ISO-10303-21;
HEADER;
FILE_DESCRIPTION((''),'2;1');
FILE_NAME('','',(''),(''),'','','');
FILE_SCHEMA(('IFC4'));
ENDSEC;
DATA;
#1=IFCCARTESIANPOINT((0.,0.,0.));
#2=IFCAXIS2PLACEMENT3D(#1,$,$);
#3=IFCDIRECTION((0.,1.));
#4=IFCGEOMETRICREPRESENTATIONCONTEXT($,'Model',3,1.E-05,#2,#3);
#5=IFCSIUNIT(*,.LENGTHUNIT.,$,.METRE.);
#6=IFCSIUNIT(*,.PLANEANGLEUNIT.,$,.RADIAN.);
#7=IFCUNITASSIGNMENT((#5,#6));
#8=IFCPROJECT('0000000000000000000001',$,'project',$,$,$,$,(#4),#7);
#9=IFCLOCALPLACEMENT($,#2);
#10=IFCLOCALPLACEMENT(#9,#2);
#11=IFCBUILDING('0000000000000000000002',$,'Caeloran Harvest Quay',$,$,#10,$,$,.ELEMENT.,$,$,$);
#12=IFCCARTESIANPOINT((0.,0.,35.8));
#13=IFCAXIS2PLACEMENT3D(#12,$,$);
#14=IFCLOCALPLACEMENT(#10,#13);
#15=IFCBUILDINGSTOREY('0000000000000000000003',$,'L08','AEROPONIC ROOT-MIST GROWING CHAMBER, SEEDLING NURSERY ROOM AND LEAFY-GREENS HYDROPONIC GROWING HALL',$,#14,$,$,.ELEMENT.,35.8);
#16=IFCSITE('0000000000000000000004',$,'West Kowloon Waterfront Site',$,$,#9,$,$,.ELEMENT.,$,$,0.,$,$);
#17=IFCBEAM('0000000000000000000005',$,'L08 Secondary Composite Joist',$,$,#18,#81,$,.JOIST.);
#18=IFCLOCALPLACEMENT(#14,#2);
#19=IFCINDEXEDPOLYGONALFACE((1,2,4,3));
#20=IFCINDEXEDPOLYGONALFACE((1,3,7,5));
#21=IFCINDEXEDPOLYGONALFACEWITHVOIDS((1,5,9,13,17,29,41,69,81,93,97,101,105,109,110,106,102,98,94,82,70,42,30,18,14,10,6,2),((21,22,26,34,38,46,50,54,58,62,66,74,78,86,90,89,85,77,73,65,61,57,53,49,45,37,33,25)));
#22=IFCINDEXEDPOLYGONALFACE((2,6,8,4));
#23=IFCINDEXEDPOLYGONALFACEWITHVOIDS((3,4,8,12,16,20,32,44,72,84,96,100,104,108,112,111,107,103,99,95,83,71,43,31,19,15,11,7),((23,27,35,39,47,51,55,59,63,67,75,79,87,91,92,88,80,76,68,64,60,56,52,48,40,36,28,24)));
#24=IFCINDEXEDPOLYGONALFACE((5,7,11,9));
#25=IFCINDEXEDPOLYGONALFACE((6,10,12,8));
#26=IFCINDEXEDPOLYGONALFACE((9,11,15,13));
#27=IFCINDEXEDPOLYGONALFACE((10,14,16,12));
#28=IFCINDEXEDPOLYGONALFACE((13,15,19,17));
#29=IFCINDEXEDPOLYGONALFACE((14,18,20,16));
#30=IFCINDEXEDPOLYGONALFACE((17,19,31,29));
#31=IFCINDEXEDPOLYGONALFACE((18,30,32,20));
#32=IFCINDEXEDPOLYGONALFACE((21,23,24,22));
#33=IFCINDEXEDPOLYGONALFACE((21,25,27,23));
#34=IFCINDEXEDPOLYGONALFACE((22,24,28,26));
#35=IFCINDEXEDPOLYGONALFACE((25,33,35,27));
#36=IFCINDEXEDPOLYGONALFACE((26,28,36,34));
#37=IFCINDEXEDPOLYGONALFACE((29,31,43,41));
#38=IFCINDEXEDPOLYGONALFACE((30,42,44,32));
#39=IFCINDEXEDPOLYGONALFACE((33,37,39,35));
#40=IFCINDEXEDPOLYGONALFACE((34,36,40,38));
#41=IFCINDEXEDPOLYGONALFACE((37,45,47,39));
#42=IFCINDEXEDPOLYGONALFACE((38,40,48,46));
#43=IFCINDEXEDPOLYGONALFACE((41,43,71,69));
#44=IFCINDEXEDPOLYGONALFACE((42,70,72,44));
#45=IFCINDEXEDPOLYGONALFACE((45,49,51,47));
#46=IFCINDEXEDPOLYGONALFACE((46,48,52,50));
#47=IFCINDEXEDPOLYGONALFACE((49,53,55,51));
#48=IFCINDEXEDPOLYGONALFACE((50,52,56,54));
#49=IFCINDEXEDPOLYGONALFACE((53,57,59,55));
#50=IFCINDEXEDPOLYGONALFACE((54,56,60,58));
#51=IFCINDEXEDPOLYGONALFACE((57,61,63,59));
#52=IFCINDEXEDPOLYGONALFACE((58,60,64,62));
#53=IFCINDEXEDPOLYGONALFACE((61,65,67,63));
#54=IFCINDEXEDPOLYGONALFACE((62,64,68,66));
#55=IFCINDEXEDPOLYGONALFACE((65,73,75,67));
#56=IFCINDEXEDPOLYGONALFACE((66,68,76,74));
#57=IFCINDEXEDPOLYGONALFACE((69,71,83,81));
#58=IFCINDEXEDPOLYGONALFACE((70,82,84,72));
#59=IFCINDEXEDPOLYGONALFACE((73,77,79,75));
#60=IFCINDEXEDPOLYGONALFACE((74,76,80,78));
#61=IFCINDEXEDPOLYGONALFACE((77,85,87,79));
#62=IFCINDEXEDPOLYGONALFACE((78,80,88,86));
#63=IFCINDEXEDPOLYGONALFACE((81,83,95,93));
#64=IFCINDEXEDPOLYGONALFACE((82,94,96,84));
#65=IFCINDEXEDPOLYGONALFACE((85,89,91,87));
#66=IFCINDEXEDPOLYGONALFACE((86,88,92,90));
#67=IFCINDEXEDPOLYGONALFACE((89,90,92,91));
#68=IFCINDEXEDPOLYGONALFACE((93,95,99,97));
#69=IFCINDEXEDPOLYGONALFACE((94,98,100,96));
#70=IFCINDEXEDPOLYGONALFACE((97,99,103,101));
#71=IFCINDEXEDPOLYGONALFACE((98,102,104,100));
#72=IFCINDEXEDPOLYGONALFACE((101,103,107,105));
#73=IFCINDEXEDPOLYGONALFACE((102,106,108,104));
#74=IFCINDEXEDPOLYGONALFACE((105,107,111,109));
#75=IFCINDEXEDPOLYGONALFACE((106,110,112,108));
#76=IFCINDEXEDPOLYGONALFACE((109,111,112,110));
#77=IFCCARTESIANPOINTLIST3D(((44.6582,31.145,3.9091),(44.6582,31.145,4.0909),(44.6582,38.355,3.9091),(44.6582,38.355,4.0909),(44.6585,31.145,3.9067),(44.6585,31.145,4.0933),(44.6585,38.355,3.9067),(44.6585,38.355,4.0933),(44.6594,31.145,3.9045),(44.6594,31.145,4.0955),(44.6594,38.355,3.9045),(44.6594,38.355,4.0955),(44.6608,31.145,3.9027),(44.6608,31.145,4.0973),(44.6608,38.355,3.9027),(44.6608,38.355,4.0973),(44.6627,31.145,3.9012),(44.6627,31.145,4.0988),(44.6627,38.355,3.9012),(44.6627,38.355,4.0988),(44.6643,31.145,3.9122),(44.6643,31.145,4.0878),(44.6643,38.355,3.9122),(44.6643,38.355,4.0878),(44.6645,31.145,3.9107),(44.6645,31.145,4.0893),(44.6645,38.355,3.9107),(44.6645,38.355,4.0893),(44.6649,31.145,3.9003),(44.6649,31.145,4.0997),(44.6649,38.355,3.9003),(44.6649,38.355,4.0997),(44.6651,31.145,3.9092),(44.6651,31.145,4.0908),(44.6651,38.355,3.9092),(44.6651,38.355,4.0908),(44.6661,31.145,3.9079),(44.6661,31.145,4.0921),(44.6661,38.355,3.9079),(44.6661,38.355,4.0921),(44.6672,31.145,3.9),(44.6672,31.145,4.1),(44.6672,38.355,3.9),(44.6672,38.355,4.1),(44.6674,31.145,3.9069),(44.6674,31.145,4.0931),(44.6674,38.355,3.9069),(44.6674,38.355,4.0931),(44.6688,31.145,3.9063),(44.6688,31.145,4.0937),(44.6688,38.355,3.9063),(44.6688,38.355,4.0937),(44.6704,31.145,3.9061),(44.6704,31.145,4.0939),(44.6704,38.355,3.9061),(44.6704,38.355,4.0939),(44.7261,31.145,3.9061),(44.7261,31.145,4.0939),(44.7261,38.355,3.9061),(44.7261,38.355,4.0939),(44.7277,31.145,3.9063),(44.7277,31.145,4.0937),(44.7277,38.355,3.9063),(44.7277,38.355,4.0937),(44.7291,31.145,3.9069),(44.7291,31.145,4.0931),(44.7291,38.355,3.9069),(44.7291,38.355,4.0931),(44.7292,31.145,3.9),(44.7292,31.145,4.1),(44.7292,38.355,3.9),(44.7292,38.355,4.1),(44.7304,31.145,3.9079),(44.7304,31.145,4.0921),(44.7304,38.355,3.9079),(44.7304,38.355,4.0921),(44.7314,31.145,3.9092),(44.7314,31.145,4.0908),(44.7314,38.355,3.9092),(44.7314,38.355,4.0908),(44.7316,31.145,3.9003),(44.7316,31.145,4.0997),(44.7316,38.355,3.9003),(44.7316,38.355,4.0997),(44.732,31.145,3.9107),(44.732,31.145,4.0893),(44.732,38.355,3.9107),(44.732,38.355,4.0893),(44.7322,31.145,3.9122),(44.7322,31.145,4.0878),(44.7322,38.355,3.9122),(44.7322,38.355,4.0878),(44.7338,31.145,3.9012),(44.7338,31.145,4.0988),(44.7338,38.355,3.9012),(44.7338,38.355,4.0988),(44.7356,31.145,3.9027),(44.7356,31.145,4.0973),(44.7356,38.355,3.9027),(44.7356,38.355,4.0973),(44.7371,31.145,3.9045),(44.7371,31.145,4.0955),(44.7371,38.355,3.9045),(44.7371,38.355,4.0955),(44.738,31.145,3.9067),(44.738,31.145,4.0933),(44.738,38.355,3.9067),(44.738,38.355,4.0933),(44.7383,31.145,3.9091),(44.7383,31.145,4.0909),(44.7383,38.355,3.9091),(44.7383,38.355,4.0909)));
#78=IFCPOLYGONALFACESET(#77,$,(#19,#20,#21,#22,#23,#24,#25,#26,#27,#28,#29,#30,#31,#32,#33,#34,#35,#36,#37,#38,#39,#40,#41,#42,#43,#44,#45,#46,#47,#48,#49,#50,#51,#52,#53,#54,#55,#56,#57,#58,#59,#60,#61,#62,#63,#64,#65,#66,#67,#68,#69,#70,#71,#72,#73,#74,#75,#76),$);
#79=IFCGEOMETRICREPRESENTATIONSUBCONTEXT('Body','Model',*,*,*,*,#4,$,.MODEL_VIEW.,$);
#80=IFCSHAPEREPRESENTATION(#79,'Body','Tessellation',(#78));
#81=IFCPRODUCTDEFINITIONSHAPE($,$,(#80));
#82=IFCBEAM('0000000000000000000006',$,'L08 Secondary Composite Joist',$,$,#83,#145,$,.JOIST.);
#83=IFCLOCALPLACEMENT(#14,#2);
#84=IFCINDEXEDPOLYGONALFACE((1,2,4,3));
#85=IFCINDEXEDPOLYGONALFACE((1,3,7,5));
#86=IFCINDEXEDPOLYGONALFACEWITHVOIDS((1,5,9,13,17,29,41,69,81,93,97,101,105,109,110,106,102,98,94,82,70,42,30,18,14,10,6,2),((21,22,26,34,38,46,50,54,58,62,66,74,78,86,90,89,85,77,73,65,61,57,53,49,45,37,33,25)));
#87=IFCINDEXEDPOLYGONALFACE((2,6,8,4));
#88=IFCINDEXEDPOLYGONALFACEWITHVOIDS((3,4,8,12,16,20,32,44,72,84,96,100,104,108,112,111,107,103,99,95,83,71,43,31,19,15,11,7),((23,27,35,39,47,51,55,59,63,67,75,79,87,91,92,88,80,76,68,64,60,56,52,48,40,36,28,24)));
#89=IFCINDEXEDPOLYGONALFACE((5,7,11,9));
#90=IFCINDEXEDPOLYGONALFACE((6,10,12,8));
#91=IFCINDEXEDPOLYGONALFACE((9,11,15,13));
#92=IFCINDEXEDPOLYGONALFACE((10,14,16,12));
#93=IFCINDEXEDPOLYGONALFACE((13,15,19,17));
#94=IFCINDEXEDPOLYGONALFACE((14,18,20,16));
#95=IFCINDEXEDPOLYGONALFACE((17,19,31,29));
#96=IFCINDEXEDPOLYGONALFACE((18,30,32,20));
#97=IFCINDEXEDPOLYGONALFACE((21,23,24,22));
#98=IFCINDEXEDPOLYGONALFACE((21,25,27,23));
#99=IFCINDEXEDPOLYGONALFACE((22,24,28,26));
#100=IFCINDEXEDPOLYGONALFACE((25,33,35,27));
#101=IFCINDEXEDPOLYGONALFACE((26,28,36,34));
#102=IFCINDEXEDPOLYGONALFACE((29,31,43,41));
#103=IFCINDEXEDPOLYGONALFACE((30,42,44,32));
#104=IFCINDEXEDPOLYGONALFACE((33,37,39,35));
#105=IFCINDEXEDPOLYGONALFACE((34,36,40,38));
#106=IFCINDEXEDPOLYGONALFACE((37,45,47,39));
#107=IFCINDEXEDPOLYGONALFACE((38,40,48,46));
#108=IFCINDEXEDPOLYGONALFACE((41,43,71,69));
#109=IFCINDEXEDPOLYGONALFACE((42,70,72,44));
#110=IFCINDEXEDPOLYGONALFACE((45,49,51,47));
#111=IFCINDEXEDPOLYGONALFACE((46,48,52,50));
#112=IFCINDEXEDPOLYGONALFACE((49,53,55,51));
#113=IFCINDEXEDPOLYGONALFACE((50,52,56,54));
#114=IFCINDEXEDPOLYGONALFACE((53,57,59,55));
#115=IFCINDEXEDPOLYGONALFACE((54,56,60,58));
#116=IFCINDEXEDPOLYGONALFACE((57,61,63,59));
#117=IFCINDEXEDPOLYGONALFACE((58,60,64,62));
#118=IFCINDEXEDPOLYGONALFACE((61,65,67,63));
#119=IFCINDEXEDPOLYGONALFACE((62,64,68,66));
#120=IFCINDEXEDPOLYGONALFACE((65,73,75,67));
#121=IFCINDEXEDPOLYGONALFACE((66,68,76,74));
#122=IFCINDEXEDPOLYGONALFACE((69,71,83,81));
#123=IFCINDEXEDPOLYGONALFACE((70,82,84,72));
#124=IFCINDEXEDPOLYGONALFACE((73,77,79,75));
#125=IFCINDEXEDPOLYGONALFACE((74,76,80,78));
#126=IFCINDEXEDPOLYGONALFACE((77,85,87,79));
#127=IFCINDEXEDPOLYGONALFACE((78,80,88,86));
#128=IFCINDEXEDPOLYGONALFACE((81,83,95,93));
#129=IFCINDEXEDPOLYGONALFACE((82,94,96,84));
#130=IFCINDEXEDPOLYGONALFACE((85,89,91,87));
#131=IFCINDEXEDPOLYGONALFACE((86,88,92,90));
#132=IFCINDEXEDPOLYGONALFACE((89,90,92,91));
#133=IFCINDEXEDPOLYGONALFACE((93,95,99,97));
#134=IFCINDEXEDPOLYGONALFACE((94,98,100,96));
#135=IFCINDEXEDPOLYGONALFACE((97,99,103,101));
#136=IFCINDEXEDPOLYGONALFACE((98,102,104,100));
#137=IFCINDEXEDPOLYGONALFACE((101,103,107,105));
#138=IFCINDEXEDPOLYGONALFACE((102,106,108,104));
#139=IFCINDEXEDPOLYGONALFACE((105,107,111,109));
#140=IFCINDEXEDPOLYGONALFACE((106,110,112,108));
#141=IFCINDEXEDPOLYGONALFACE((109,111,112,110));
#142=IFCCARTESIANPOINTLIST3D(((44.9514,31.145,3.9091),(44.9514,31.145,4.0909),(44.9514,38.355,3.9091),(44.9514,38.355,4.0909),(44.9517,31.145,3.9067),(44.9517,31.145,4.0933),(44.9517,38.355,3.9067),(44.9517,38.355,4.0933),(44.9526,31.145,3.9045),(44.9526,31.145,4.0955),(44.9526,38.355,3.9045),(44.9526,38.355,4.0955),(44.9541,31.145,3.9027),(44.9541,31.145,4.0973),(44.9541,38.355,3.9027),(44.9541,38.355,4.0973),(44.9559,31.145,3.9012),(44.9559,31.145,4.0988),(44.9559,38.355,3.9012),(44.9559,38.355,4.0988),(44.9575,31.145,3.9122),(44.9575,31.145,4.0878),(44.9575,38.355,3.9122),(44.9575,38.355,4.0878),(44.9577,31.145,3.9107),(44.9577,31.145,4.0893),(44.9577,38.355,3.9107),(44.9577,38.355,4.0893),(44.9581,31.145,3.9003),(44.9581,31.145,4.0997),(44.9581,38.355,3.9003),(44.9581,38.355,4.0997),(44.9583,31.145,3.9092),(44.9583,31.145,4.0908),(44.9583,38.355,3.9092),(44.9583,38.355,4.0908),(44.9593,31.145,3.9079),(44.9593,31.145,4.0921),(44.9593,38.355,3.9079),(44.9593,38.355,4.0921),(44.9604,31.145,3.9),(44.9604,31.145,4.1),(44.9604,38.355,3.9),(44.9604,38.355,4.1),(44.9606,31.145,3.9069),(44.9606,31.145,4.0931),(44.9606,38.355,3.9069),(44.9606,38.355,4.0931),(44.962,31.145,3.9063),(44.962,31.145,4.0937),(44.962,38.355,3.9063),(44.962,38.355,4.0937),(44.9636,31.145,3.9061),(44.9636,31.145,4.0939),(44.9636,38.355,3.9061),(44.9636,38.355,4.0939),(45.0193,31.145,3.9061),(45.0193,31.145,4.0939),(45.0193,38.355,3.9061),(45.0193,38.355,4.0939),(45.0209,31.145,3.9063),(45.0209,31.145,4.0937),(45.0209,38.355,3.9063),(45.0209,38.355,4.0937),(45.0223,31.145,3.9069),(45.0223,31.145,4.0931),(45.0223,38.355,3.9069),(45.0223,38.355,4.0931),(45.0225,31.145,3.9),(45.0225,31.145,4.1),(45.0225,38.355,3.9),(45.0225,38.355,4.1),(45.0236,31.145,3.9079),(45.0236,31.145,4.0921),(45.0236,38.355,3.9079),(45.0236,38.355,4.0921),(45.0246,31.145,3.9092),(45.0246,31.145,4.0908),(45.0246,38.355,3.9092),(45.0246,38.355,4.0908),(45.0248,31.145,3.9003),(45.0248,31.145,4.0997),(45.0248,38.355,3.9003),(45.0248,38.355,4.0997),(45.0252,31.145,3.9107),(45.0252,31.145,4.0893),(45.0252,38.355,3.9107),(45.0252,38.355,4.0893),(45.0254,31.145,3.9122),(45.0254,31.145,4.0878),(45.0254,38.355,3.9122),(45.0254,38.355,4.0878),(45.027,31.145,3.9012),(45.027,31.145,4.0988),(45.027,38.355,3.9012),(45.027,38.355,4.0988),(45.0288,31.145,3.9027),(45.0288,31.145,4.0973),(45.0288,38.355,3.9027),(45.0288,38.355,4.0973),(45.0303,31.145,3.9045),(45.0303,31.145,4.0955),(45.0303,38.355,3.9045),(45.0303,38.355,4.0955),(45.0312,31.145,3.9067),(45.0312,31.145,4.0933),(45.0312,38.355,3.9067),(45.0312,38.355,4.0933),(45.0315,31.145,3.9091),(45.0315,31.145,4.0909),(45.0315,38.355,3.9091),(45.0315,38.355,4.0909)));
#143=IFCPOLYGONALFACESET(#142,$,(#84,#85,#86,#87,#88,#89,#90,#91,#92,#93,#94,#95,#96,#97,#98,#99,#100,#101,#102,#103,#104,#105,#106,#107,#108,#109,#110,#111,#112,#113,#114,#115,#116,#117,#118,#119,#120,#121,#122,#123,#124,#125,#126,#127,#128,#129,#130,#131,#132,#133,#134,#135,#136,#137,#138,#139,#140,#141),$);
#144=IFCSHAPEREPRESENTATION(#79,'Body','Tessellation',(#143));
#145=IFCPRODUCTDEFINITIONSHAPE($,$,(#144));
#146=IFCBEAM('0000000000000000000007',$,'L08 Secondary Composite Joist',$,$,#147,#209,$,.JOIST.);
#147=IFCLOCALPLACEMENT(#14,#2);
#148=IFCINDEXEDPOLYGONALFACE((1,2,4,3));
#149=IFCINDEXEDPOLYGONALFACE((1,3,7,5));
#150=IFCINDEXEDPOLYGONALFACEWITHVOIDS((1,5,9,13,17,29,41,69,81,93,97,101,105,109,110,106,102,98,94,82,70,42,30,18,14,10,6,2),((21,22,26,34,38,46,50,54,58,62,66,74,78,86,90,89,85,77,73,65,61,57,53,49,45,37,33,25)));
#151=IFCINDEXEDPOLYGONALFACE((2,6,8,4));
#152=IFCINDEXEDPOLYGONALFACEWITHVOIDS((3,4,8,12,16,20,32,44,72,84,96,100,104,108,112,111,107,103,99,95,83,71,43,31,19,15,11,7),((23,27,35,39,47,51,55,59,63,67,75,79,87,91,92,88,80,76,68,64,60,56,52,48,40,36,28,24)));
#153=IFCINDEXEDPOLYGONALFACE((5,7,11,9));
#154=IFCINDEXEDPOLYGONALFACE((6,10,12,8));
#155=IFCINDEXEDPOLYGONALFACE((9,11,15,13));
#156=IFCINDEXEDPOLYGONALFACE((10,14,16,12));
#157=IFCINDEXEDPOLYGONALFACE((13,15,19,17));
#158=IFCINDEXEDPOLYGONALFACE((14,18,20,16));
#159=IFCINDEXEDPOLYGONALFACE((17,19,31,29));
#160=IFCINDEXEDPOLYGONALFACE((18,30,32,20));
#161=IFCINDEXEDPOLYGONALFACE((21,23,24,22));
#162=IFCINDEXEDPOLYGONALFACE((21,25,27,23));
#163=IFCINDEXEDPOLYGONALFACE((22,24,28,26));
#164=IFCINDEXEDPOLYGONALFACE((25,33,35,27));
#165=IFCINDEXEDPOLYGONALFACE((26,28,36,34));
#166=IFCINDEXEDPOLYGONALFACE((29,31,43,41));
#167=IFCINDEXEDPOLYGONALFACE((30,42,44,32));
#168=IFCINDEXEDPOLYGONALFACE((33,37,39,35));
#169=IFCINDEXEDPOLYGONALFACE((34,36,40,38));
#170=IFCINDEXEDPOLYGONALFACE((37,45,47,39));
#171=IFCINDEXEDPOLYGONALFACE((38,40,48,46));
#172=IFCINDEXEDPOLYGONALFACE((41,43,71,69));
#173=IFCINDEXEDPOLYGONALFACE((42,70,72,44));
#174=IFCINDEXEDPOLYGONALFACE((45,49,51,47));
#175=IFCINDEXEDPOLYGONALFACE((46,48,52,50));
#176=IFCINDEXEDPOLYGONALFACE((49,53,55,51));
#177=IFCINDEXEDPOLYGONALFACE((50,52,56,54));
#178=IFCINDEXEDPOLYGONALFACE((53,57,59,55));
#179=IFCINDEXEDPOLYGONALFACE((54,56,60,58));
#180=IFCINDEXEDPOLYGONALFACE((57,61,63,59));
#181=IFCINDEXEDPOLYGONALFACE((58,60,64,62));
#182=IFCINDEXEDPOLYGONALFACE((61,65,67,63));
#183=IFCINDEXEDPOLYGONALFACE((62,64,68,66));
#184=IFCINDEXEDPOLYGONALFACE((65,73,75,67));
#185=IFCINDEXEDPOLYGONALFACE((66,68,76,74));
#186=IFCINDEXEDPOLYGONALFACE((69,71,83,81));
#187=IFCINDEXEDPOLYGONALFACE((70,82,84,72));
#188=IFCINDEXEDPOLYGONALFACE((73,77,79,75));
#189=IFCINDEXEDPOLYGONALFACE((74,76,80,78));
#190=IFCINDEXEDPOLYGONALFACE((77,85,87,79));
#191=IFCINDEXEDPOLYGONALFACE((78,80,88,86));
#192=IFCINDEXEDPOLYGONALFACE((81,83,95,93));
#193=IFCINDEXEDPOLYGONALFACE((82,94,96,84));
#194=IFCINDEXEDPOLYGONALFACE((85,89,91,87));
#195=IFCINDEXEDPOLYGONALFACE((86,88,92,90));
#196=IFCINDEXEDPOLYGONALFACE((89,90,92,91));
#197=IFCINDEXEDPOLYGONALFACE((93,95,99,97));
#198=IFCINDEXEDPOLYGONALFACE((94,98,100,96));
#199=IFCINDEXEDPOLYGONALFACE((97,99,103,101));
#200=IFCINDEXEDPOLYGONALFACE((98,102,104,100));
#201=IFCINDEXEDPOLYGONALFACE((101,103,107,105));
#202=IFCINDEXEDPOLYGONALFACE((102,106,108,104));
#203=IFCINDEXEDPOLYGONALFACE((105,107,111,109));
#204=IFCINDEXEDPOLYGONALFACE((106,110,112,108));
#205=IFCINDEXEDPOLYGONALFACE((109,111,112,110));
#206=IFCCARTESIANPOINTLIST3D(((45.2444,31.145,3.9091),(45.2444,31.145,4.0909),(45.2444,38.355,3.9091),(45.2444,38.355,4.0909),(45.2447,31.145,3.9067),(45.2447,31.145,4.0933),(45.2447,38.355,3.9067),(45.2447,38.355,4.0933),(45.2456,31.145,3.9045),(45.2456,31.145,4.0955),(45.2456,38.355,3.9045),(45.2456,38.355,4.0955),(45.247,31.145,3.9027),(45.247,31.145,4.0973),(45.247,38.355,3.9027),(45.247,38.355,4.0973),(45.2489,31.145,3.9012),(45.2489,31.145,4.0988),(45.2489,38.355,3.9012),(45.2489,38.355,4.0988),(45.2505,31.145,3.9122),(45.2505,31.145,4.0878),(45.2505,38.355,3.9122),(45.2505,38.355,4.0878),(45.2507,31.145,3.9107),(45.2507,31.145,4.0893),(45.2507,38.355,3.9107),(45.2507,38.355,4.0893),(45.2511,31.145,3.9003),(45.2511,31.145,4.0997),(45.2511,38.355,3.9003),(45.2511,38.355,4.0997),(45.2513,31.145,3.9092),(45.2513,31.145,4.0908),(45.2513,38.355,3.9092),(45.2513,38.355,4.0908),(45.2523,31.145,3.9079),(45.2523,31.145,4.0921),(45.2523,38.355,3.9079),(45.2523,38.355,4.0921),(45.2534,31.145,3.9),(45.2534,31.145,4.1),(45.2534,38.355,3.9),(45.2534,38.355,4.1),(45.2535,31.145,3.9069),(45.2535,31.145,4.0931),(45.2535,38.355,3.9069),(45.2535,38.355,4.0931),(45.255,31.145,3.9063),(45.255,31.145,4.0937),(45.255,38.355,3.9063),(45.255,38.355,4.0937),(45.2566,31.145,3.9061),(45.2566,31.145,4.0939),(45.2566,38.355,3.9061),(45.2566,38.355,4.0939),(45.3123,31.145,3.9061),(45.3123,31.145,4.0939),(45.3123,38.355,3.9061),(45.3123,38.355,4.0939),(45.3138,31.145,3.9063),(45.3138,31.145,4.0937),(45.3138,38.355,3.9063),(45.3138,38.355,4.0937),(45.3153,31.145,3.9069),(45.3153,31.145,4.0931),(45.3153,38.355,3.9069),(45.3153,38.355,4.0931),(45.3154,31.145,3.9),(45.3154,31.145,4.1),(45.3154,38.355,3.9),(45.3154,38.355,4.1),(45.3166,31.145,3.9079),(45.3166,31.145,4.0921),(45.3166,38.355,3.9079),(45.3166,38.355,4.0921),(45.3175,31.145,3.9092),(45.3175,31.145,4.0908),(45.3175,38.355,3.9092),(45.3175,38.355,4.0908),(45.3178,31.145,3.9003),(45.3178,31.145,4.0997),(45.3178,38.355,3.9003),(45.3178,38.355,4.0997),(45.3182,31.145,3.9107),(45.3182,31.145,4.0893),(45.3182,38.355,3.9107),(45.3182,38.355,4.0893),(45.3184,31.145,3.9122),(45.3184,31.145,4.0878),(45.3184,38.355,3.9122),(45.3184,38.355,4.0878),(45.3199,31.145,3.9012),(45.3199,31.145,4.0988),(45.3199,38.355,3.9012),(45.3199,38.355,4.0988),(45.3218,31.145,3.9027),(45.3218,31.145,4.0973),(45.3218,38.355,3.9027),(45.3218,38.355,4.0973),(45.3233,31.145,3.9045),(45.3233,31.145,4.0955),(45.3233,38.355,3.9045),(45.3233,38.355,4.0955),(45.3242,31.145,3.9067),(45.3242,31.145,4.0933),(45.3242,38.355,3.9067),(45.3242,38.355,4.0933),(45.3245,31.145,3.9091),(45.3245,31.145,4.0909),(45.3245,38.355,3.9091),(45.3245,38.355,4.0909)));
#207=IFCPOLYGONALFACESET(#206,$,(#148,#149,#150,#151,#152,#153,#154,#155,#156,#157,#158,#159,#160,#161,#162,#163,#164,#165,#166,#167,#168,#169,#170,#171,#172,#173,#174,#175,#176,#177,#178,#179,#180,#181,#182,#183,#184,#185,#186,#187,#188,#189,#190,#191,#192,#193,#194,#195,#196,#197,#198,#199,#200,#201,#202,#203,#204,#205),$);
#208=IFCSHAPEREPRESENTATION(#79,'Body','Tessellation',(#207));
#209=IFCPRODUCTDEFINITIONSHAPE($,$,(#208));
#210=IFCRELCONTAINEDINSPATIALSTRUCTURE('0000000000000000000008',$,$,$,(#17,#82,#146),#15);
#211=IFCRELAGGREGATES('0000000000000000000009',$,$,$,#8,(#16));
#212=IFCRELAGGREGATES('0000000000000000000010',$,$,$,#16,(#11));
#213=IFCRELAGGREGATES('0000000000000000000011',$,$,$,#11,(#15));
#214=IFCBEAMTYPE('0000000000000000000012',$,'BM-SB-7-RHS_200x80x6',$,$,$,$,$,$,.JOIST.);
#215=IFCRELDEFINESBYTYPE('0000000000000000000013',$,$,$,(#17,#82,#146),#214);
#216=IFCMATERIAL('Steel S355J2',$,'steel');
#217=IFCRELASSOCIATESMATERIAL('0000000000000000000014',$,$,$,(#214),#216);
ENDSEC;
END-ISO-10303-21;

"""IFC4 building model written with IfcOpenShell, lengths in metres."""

from ifc_helpers import new_model, si_unit, direction, frame, origin, origin_2d, place, context, subcontext, project, spatial, hollow_rectangle, extrude, material, material_profile, profile_set, type_object, element, save


model = new_model("IFC4")

# Units and contexts
model_context = context("Model", 3, precision=1e-05, world=origin(), true_north=direction((0.0, 1.0)))
body_context = subcontext(model_context, "Body", "Model", "MODEL_VIEW")
ifc_project = project(units=[si_unit("LENGTHUNIT", "METRE"), si_unit("PLANEANGLEUNIT", "RADIAN")], contexts=[model_context])

# Site, building, storey
site_placement = place(None, origin())
site = spatial("IfcSite", under=ifc_project, at=site_placement, Name="West Kowloon Waterfront Site", CompositionType="ELEMENT", RefElevation=0.0)
building_placement = place(site_placement, origin())
building = spatial("IfcBuilding", under=site, at=building_placement, Name="Caeloran Harvest Quay", CompositionType="ELEMENT")
storey_placement = place(building_placement, frame((0.0, 0.0, 35.8)))
storey = spatial("IfcBuildingStorey", under=building, at=storey_placement, Name="L08", Description="AEROPONIC ROOT-MIST GROWING CHAMBER, SEEDLING NURSERY ROOM AND LEAFY-GREENS HYDROPONIC GROWING HALL", CompositionType="ELEMENT", Elevation=35.8)

# Beams
ifc_material_1 = material(Name="Steel S355J2", Category="steel")
ifc_material_profile_1 = material_profile(ifc_material_1, hollow_rectangle(XDim=0.0801, YDim=0.2, WallThickness=0.0061, InnerFilletRadius=0.0061, OuterFilletRadius=0.009, at=origin_2d()), Name="RHS 200x80x6")
ifc_profile_set_1 = profile_set([ifc_material_profile_1], Name="Steel S355J2")
beam_type_1 = type_object("IfcBeamType", Name="BM-SB-7-RHS_200x80x6", PredefinedType="JOIST", material=ifc_profile_set_1)
for number, where, z_axis, x_axis, name in (
    (1, (44.6982, 31.145, 4.0), (0.0, 1.0, 0.0), (-1.0, 0.0, 0.0), "L08 Secondary Composite Joist"),
    (2, (44.9915, 31.145, 4.0), (0.0, 1.0, 0.0), (-1.0, 0.0, 0.0), "L08 Secondary Composite Joist"),
    (3, (45.2844, 31.145, 4.0), (0.0, 1.0, 0.0), (-1.0, 0.0, 0.0), "L08 Secondary Composite Joist"),
):
    element("IfcBeam", number, at=place(storey_placement, frame(where, z_axis=z_axis, x_axis=x_axis)), inside=storey, type_object=beam_type_1, Name=name, PredefinedType="JOIST", context=body_context, shape_type="SweptSolid", body=[
        extrude(hollow_rectangle(XDim=0.0801, YDim=0.2, WallThickness=0.0061, InnerFilletRadius=0.0061, OuterFilletRadius=0.009, at=origin_2d()), origin(), (0.0, 0.0, 1.0), 7.21),
    ])

save(model, "model.ifc")
